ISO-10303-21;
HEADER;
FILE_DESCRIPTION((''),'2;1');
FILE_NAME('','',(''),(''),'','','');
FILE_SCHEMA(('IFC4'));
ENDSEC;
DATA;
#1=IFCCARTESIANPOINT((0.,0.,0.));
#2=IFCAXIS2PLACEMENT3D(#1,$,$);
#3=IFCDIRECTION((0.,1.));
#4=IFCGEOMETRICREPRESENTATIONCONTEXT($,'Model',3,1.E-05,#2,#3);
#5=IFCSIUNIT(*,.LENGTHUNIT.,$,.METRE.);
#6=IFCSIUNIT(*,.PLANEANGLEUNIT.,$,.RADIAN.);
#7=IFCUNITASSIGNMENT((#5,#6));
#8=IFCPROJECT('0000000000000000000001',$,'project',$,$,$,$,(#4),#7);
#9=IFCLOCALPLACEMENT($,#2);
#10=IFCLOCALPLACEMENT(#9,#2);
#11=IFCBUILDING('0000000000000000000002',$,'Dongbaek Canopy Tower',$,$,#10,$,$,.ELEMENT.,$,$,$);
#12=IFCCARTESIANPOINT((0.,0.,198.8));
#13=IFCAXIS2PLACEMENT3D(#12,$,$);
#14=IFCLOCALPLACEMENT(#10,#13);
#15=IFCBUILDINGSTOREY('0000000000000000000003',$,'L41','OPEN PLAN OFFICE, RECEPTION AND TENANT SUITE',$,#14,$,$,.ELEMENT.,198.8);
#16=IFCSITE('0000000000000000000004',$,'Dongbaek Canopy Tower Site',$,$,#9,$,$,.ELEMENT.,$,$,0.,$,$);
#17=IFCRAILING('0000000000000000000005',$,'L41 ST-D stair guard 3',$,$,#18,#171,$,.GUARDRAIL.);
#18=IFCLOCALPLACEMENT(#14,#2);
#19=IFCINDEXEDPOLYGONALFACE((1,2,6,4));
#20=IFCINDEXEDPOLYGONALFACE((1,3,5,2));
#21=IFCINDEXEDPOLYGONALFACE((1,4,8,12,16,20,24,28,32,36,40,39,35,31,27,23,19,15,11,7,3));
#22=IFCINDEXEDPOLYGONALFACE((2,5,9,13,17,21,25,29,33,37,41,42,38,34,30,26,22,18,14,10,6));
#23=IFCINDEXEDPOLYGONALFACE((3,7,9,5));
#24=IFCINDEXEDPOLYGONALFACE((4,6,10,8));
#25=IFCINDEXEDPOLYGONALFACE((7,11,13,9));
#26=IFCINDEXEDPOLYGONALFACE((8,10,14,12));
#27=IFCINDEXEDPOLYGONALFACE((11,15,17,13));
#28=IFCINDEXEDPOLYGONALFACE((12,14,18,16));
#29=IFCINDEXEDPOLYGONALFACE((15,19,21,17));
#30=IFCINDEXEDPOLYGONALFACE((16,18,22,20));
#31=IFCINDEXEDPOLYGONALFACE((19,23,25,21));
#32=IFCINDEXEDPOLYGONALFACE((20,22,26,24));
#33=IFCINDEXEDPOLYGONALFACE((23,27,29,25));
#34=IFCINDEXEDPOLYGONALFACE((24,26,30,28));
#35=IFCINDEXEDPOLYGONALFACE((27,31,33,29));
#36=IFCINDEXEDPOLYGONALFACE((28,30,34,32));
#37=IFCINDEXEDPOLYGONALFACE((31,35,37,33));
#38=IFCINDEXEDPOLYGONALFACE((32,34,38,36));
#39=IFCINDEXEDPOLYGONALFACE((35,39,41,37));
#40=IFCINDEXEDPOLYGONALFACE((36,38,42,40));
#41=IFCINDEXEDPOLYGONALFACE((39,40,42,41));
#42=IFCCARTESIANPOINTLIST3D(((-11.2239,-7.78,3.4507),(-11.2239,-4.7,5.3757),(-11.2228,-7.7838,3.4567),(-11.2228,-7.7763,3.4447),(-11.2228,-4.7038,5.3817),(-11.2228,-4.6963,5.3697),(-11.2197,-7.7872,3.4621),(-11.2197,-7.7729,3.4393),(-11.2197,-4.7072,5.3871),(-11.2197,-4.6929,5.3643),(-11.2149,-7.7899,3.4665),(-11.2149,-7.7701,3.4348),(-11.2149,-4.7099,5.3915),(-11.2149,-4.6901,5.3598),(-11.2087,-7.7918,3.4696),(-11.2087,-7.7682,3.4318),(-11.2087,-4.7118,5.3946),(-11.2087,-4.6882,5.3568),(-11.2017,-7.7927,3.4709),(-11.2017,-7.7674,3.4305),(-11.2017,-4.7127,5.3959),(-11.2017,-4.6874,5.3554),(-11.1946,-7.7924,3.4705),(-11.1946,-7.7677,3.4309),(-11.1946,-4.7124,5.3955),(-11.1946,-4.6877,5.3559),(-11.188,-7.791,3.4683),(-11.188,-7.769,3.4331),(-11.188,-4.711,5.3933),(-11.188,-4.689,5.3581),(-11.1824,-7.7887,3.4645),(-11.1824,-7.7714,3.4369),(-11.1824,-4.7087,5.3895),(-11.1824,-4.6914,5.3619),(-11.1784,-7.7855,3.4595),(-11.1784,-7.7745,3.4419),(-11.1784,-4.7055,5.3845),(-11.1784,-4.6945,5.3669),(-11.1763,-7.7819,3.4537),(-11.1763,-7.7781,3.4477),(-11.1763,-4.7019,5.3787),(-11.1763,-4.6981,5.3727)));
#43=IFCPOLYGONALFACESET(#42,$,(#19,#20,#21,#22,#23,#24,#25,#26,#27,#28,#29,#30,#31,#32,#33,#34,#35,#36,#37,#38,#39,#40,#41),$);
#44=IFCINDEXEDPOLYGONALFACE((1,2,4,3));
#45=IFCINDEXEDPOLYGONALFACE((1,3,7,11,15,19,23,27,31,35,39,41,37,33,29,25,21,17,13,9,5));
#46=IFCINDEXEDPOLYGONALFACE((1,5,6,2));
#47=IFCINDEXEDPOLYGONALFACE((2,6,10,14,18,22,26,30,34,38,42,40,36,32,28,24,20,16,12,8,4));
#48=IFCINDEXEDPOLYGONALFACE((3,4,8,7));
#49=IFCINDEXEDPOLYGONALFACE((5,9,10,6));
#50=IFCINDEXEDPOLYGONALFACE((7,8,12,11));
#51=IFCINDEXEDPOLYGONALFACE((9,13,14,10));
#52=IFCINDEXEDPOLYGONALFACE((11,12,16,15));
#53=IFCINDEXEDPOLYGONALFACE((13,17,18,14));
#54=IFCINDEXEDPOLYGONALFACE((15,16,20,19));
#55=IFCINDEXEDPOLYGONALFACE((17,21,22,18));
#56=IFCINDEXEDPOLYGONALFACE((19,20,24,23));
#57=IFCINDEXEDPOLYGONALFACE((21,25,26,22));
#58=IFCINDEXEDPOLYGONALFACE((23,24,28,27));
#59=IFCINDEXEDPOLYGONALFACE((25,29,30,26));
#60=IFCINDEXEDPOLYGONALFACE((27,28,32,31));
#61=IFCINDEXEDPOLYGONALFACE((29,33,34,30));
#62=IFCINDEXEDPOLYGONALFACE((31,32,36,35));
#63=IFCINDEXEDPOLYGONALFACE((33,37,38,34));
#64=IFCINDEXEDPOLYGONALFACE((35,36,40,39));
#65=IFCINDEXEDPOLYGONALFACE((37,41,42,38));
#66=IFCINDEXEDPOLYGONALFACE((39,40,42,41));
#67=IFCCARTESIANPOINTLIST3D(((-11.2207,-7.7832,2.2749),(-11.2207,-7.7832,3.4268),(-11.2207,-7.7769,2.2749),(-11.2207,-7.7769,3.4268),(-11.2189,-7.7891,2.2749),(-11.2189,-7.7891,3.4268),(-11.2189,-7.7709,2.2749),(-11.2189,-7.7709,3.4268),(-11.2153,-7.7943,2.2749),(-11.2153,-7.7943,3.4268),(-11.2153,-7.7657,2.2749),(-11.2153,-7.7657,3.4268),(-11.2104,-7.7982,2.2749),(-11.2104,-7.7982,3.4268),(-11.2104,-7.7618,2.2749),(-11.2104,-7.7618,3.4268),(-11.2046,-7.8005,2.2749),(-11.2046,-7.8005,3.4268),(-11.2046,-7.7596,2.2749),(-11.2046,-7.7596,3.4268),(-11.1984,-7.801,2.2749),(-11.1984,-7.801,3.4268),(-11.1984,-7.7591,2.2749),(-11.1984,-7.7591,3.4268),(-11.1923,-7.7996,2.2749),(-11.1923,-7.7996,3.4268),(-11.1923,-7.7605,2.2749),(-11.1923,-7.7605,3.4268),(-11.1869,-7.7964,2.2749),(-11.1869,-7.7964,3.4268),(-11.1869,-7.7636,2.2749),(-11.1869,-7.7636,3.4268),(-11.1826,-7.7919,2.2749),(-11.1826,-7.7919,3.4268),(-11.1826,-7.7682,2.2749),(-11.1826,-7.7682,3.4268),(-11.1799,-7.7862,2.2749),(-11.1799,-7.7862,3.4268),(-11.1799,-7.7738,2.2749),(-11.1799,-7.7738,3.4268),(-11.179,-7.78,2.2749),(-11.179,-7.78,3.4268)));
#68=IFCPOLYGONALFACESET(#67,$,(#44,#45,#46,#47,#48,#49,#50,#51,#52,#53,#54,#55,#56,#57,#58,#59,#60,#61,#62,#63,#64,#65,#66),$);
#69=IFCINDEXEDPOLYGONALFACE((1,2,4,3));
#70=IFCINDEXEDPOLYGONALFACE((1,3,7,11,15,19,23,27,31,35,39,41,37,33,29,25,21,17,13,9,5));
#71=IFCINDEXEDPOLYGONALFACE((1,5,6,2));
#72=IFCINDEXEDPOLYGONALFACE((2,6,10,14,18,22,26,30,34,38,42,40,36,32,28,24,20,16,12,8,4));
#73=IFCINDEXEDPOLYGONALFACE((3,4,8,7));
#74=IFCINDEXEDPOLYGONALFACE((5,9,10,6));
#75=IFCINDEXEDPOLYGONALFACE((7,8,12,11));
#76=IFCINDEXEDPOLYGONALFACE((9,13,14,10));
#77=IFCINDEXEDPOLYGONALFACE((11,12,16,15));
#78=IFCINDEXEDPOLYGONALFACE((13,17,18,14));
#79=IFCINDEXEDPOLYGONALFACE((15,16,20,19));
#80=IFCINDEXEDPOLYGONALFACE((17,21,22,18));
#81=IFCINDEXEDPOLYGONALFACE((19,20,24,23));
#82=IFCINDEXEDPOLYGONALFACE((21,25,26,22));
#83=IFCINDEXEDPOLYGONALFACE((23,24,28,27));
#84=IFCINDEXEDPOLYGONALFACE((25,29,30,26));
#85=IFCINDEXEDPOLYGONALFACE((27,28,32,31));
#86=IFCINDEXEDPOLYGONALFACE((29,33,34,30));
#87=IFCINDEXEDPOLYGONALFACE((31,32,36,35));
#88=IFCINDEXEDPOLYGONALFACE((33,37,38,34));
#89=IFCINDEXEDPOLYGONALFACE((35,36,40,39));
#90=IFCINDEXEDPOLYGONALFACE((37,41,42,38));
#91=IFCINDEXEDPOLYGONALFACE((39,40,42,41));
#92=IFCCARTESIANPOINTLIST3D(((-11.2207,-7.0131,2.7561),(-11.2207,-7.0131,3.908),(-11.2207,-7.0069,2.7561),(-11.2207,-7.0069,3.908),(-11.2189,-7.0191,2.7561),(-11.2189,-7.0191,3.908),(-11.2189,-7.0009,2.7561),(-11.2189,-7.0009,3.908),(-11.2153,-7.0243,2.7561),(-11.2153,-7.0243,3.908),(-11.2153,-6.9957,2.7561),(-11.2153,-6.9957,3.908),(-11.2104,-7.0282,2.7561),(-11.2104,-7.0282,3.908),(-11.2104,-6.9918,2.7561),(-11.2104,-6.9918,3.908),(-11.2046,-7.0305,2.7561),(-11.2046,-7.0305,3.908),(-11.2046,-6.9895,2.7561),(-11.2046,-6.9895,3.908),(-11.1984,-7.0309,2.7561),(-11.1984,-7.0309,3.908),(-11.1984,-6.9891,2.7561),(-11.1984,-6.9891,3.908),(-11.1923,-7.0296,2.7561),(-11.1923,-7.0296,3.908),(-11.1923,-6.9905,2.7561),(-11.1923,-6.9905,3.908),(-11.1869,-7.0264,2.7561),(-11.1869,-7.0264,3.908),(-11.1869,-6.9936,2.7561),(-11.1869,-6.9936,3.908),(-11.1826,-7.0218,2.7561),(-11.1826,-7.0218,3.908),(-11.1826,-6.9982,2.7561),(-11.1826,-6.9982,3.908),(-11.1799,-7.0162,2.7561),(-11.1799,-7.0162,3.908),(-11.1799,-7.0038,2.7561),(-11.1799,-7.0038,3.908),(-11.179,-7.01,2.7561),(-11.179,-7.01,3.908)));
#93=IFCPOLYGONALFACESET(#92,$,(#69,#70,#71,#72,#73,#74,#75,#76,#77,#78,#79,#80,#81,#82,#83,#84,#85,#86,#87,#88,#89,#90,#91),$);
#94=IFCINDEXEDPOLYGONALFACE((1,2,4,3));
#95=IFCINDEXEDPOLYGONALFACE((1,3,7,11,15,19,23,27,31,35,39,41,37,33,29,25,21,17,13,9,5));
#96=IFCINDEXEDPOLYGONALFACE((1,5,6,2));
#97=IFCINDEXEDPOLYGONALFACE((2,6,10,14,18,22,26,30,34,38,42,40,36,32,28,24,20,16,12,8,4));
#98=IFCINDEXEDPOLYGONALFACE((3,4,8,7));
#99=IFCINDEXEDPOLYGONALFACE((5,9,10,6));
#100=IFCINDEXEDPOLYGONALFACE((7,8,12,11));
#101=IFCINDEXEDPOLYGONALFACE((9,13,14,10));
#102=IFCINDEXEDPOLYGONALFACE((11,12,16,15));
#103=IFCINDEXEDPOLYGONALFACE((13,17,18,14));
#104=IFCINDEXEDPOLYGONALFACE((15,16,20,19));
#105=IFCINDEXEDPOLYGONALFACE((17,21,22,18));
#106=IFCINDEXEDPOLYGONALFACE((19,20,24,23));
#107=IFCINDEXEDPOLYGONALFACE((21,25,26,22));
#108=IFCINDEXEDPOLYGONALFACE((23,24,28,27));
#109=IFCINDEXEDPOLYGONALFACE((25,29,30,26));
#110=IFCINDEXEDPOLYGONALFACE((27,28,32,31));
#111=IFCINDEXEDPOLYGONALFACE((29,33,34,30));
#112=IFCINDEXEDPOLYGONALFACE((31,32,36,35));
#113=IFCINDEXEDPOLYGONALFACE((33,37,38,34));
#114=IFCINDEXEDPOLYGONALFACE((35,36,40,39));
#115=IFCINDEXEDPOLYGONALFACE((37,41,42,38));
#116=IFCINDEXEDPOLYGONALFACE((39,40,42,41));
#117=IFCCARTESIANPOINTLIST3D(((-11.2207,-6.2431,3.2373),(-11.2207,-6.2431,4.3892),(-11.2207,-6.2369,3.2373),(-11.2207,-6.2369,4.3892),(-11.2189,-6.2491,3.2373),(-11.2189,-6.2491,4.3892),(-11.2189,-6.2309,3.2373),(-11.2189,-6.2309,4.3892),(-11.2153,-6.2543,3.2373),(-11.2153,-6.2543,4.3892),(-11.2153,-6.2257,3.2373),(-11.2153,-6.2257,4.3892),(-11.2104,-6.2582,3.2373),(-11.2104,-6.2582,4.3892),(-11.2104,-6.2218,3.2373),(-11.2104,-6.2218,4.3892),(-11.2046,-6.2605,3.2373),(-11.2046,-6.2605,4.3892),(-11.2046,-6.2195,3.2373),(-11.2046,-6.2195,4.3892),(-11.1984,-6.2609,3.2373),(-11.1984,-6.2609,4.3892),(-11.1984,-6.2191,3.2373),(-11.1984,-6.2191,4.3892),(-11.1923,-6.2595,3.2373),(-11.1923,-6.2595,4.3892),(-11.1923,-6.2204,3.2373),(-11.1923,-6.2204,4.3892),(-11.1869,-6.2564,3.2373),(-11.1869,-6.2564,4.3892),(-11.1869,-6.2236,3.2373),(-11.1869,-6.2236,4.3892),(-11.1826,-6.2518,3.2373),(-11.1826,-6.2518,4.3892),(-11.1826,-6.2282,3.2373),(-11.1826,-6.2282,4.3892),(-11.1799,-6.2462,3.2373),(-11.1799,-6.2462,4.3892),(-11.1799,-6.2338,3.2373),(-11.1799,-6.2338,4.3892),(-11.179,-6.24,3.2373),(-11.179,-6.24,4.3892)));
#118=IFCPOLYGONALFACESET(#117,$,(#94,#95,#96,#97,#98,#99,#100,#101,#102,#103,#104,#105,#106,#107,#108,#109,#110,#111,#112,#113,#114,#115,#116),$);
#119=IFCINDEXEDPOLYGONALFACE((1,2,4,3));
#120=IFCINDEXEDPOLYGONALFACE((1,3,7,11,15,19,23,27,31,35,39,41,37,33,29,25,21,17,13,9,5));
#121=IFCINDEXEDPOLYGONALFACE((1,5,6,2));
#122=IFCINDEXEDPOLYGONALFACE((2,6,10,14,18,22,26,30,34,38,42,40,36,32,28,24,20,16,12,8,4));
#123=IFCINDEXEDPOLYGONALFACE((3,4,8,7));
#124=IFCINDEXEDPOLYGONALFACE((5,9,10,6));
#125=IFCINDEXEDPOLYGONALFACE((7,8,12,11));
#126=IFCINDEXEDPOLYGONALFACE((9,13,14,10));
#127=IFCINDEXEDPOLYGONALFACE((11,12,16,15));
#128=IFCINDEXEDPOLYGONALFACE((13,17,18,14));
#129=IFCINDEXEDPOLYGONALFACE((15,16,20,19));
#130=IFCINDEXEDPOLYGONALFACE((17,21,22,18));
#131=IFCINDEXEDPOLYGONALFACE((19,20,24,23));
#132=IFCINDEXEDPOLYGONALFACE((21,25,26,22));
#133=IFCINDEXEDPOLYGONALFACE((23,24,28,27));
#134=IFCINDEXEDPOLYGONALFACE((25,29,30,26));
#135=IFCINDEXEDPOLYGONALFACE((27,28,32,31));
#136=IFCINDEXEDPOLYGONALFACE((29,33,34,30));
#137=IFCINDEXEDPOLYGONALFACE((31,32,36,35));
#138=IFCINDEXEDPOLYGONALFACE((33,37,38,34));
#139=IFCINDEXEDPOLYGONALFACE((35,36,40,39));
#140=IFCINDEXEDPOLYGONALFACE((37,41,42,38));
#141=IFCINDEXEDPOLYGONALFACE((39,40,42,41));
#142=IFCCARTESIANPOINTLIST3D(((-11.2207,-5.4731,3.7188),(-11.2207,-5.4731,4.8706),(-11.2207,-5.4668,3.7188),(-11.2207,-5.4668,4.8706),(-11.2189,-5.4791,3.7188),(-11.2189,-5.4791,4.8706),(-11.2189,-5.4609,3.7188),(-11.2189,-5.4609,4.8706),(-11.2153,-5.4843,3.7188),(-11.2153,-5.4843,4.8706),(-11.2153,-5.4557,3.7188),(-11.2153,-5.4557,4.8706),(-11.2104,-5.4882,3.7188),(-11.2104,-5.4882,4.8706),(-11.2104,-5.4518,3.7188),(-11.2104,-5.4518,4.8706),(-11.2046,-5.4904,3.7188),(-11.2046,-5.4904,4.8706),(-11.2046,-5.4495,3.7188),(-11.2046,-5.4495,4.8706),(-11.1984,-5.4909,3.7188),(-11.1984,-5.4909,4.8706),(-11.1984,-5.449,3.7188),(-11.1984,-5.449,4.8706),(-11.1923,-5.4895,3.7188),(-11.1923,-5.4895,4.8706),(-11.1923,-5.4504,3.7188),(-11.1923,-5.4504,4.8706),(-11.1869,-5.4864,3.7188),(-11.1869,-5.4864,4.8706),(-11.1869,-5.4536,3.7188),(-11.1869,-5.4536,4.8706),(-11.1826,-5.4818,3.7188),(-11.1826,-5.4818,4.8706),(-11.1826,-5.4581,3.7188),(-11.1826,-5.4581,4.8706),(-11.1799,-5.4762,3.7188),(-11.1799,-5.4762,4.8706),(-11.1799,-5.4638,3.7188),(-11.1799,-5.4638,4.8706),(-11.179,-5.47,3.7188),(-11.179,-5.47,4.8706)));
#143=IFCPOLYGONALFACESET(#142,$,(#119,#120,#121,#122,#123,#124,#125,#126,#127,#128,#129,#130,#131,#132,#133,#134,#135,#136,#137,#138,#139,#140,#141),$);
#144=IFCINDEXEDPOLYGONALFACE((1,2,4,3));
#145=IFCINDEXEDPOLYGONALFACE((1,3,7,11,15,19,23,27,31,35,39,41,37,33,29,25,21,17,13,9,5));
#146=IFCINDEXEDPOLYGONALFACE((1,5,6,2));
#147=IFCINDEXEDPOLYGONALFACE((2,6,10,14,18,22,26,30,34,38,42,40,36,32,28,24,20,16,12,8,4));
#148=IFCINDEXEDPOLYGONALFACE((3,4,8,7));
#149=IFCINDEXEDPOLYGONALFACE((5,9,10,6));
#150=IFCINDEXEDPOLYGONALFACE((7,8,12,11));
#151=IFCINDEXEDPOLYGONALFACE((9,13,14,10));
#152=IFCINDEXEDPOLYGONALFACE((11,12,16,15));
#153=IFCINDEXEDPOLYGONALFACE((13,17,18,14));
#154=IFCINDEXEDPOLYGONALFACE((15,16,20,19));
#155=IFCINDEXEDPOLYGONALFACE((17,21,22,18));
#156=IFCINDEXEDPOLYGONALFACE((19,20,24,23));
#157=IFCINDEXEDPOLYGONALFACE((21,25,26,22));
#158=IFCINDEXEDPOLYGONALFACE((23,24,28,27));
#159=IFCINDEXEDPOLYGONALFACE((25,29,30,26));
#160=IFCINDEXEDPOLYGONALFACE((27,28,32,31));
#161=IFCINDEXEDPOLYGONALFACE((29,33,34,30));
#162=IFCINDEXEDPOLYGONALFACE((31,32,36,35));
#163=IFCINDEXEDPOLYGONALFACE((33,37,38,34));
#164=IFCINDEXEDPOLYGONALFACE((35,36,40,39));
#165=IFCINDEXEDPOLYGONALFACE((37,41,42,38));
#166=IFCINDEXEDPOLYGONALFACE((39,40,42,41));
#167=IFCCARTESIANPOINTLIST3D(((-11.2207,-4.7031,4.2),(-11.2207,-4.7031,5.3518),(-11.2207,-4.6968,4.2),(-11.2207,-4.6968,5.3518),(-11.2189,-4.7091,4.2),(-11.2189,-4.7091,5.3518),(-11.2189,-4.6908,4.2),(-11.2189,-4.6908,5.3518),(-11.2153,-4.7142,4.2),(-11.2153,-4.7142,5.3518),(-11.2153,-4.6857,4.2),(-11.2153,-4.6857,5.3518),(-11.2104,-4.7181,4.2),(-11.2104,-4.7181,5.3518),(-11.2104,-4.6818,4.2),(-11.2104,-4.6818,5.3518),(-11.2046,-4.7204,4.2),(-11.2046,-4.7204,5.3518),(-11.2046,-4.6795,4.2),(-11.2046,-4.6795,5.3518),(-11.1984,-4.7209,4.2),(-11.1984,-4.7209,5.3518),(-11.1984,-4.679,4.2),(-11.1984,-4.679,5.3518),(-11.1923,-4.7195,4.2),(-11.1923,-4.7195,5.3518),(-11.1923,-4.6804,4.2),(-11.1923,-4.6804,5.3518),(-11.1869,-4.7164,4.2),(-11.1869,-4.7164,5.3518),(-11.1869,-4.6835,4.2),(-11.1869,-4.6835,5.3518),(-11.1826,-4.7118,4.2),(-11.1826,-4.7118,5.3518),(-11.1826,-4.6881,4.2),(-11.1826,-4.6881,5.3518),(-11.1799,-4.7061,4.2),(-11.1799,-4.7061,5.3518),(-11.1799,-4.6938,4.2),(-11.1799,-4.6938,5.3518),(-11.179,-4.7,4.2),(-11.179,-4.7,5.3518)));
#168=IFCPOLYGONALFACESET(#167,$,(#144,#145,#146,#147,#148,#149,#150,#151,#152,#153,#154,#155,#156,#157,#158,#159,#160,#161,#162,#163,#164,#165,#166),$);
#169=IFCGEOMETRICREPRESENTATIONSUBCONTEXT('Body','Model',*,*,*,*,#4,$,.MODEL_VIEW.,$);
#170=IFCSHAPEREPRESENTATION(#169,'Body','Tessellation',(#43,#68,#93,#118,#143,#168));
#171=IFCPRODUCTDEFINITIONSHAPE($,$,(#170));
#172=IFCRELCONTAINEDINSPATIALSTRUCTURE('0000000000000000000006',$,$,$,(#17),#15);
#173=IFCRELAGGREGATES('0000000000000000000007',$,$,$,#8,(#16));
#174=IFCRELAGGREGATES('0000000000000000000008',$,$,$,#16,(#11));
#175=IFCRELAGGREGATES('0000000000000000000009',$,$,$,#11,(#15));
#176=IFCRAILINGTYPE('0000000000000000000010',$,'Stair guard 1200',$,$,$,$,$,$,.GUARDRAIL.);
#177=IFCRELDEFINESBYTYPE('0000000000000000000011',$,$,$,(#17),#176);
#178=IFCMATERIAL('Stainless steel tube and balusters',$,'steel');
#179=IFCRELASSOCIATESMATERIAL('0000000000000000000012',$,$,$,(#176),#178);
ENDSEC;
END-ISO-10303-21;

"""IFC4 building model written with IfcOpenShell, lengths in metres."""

from ifc_helpers import new_model, si_unit, direction, frame, origin, origin_2d, place, context, subcontext, project, spatial, circle, extrude, material, type_object, element, save


model = new_model("IFC4")

# Units and contexts
model_context = context("Model", 3, precision=1e-05, world=origin(), true_north=direction((0.0, 1.0)))
body_context = subcontext(model_context, "Body", "Model", "MODEL_VIEW")
ifc_project = project(units=[si_unit("LENGTHUNIT", "METRE"), si_unit("PLANEANGLEUNIT", "RADIAN")], contexts=[model_context])

# Site, building, storey
site_placement = place(None, origin())
site = spatial("IfcSite", under=ifc_project, at=site_placement, Name="Dongbaek Canopy Tower Site", CompositionType="ELEMENT", RefElevation=0.0)
building_placement = place(site_placement, origin())
building = spatial("IfcBuilding", under=site, at=building_placement, Name="Dongbaek Canopy Tower", CompositionType="ELEMENT")
storey_placement = place(building_placement, frame((0.0, 0.0, 198.8)))
storey = spatial("IfcBuildingStorey", under=building, at=storey_placement, Name="L41", Description="OPEN PLAN OFFICE, RECEPTION AND TENANT SUITE", CompositionType="ELEMENT", Elevation=198.8)

# Railing
ifc_material_1 = material(Name="Stainless steel tube and balusters", Category="steel")
railing_type_1 = type_object("IfcRailingType", Name="Stair guard 1200", PredefinedType="GUARDRAIL", material=ifc_material_1)
railing_1_placement = place(storey_placement, frame((-11.2, -7.78, 2.2749)))
element("IfcRailing", 1, at=railing_1_placement, inside=storey, type_object=railing_type_1, Name="L41 ST-D stair guard 3", PredefinedType="GUARDRAIL", context=body_context, shape_type="SweptSolid", body=[
    extrude(circle(Radius=0.0239, at=origin_2d()), frame((0.0, 0.0, 1.1758), z_axis=(0.0, 0.847998, 0.529999), x_axis=(-1.0, 0.0, 0.0)), (0.0, 0.0, 1.0), 3.6321),
    extrude(circle(Radius=0.021, at=origin_2d()), origin(), (0.0, 0.0, 1.0), 1.1519),
    extrude(circle(Radius=0.021, at=origin_2d()), frame((0.0, 0.77, 0.4812)), (0.0, 0.0, 1.0), 1.1519),
    extrude(circle(Radius=0.021, at=origin_2d()), frame((0.0, 1.54, 0.9624)), (0.0, 0.0, 1.0), 1.1519),
    extrude(circle(Radius=0.021, at=origin_2d()), frame((0.0, 2.3101, 1.4438)), (0.0, 0.0, 1.0), 1.1519),
    extrude(circle(Radius=0.021, at=origin_2d()), frame((0.0, 3.0801, 1.925)), (0.0, 0.0, 1.0), 1.1519),
])

save(model, "model.ifc")
